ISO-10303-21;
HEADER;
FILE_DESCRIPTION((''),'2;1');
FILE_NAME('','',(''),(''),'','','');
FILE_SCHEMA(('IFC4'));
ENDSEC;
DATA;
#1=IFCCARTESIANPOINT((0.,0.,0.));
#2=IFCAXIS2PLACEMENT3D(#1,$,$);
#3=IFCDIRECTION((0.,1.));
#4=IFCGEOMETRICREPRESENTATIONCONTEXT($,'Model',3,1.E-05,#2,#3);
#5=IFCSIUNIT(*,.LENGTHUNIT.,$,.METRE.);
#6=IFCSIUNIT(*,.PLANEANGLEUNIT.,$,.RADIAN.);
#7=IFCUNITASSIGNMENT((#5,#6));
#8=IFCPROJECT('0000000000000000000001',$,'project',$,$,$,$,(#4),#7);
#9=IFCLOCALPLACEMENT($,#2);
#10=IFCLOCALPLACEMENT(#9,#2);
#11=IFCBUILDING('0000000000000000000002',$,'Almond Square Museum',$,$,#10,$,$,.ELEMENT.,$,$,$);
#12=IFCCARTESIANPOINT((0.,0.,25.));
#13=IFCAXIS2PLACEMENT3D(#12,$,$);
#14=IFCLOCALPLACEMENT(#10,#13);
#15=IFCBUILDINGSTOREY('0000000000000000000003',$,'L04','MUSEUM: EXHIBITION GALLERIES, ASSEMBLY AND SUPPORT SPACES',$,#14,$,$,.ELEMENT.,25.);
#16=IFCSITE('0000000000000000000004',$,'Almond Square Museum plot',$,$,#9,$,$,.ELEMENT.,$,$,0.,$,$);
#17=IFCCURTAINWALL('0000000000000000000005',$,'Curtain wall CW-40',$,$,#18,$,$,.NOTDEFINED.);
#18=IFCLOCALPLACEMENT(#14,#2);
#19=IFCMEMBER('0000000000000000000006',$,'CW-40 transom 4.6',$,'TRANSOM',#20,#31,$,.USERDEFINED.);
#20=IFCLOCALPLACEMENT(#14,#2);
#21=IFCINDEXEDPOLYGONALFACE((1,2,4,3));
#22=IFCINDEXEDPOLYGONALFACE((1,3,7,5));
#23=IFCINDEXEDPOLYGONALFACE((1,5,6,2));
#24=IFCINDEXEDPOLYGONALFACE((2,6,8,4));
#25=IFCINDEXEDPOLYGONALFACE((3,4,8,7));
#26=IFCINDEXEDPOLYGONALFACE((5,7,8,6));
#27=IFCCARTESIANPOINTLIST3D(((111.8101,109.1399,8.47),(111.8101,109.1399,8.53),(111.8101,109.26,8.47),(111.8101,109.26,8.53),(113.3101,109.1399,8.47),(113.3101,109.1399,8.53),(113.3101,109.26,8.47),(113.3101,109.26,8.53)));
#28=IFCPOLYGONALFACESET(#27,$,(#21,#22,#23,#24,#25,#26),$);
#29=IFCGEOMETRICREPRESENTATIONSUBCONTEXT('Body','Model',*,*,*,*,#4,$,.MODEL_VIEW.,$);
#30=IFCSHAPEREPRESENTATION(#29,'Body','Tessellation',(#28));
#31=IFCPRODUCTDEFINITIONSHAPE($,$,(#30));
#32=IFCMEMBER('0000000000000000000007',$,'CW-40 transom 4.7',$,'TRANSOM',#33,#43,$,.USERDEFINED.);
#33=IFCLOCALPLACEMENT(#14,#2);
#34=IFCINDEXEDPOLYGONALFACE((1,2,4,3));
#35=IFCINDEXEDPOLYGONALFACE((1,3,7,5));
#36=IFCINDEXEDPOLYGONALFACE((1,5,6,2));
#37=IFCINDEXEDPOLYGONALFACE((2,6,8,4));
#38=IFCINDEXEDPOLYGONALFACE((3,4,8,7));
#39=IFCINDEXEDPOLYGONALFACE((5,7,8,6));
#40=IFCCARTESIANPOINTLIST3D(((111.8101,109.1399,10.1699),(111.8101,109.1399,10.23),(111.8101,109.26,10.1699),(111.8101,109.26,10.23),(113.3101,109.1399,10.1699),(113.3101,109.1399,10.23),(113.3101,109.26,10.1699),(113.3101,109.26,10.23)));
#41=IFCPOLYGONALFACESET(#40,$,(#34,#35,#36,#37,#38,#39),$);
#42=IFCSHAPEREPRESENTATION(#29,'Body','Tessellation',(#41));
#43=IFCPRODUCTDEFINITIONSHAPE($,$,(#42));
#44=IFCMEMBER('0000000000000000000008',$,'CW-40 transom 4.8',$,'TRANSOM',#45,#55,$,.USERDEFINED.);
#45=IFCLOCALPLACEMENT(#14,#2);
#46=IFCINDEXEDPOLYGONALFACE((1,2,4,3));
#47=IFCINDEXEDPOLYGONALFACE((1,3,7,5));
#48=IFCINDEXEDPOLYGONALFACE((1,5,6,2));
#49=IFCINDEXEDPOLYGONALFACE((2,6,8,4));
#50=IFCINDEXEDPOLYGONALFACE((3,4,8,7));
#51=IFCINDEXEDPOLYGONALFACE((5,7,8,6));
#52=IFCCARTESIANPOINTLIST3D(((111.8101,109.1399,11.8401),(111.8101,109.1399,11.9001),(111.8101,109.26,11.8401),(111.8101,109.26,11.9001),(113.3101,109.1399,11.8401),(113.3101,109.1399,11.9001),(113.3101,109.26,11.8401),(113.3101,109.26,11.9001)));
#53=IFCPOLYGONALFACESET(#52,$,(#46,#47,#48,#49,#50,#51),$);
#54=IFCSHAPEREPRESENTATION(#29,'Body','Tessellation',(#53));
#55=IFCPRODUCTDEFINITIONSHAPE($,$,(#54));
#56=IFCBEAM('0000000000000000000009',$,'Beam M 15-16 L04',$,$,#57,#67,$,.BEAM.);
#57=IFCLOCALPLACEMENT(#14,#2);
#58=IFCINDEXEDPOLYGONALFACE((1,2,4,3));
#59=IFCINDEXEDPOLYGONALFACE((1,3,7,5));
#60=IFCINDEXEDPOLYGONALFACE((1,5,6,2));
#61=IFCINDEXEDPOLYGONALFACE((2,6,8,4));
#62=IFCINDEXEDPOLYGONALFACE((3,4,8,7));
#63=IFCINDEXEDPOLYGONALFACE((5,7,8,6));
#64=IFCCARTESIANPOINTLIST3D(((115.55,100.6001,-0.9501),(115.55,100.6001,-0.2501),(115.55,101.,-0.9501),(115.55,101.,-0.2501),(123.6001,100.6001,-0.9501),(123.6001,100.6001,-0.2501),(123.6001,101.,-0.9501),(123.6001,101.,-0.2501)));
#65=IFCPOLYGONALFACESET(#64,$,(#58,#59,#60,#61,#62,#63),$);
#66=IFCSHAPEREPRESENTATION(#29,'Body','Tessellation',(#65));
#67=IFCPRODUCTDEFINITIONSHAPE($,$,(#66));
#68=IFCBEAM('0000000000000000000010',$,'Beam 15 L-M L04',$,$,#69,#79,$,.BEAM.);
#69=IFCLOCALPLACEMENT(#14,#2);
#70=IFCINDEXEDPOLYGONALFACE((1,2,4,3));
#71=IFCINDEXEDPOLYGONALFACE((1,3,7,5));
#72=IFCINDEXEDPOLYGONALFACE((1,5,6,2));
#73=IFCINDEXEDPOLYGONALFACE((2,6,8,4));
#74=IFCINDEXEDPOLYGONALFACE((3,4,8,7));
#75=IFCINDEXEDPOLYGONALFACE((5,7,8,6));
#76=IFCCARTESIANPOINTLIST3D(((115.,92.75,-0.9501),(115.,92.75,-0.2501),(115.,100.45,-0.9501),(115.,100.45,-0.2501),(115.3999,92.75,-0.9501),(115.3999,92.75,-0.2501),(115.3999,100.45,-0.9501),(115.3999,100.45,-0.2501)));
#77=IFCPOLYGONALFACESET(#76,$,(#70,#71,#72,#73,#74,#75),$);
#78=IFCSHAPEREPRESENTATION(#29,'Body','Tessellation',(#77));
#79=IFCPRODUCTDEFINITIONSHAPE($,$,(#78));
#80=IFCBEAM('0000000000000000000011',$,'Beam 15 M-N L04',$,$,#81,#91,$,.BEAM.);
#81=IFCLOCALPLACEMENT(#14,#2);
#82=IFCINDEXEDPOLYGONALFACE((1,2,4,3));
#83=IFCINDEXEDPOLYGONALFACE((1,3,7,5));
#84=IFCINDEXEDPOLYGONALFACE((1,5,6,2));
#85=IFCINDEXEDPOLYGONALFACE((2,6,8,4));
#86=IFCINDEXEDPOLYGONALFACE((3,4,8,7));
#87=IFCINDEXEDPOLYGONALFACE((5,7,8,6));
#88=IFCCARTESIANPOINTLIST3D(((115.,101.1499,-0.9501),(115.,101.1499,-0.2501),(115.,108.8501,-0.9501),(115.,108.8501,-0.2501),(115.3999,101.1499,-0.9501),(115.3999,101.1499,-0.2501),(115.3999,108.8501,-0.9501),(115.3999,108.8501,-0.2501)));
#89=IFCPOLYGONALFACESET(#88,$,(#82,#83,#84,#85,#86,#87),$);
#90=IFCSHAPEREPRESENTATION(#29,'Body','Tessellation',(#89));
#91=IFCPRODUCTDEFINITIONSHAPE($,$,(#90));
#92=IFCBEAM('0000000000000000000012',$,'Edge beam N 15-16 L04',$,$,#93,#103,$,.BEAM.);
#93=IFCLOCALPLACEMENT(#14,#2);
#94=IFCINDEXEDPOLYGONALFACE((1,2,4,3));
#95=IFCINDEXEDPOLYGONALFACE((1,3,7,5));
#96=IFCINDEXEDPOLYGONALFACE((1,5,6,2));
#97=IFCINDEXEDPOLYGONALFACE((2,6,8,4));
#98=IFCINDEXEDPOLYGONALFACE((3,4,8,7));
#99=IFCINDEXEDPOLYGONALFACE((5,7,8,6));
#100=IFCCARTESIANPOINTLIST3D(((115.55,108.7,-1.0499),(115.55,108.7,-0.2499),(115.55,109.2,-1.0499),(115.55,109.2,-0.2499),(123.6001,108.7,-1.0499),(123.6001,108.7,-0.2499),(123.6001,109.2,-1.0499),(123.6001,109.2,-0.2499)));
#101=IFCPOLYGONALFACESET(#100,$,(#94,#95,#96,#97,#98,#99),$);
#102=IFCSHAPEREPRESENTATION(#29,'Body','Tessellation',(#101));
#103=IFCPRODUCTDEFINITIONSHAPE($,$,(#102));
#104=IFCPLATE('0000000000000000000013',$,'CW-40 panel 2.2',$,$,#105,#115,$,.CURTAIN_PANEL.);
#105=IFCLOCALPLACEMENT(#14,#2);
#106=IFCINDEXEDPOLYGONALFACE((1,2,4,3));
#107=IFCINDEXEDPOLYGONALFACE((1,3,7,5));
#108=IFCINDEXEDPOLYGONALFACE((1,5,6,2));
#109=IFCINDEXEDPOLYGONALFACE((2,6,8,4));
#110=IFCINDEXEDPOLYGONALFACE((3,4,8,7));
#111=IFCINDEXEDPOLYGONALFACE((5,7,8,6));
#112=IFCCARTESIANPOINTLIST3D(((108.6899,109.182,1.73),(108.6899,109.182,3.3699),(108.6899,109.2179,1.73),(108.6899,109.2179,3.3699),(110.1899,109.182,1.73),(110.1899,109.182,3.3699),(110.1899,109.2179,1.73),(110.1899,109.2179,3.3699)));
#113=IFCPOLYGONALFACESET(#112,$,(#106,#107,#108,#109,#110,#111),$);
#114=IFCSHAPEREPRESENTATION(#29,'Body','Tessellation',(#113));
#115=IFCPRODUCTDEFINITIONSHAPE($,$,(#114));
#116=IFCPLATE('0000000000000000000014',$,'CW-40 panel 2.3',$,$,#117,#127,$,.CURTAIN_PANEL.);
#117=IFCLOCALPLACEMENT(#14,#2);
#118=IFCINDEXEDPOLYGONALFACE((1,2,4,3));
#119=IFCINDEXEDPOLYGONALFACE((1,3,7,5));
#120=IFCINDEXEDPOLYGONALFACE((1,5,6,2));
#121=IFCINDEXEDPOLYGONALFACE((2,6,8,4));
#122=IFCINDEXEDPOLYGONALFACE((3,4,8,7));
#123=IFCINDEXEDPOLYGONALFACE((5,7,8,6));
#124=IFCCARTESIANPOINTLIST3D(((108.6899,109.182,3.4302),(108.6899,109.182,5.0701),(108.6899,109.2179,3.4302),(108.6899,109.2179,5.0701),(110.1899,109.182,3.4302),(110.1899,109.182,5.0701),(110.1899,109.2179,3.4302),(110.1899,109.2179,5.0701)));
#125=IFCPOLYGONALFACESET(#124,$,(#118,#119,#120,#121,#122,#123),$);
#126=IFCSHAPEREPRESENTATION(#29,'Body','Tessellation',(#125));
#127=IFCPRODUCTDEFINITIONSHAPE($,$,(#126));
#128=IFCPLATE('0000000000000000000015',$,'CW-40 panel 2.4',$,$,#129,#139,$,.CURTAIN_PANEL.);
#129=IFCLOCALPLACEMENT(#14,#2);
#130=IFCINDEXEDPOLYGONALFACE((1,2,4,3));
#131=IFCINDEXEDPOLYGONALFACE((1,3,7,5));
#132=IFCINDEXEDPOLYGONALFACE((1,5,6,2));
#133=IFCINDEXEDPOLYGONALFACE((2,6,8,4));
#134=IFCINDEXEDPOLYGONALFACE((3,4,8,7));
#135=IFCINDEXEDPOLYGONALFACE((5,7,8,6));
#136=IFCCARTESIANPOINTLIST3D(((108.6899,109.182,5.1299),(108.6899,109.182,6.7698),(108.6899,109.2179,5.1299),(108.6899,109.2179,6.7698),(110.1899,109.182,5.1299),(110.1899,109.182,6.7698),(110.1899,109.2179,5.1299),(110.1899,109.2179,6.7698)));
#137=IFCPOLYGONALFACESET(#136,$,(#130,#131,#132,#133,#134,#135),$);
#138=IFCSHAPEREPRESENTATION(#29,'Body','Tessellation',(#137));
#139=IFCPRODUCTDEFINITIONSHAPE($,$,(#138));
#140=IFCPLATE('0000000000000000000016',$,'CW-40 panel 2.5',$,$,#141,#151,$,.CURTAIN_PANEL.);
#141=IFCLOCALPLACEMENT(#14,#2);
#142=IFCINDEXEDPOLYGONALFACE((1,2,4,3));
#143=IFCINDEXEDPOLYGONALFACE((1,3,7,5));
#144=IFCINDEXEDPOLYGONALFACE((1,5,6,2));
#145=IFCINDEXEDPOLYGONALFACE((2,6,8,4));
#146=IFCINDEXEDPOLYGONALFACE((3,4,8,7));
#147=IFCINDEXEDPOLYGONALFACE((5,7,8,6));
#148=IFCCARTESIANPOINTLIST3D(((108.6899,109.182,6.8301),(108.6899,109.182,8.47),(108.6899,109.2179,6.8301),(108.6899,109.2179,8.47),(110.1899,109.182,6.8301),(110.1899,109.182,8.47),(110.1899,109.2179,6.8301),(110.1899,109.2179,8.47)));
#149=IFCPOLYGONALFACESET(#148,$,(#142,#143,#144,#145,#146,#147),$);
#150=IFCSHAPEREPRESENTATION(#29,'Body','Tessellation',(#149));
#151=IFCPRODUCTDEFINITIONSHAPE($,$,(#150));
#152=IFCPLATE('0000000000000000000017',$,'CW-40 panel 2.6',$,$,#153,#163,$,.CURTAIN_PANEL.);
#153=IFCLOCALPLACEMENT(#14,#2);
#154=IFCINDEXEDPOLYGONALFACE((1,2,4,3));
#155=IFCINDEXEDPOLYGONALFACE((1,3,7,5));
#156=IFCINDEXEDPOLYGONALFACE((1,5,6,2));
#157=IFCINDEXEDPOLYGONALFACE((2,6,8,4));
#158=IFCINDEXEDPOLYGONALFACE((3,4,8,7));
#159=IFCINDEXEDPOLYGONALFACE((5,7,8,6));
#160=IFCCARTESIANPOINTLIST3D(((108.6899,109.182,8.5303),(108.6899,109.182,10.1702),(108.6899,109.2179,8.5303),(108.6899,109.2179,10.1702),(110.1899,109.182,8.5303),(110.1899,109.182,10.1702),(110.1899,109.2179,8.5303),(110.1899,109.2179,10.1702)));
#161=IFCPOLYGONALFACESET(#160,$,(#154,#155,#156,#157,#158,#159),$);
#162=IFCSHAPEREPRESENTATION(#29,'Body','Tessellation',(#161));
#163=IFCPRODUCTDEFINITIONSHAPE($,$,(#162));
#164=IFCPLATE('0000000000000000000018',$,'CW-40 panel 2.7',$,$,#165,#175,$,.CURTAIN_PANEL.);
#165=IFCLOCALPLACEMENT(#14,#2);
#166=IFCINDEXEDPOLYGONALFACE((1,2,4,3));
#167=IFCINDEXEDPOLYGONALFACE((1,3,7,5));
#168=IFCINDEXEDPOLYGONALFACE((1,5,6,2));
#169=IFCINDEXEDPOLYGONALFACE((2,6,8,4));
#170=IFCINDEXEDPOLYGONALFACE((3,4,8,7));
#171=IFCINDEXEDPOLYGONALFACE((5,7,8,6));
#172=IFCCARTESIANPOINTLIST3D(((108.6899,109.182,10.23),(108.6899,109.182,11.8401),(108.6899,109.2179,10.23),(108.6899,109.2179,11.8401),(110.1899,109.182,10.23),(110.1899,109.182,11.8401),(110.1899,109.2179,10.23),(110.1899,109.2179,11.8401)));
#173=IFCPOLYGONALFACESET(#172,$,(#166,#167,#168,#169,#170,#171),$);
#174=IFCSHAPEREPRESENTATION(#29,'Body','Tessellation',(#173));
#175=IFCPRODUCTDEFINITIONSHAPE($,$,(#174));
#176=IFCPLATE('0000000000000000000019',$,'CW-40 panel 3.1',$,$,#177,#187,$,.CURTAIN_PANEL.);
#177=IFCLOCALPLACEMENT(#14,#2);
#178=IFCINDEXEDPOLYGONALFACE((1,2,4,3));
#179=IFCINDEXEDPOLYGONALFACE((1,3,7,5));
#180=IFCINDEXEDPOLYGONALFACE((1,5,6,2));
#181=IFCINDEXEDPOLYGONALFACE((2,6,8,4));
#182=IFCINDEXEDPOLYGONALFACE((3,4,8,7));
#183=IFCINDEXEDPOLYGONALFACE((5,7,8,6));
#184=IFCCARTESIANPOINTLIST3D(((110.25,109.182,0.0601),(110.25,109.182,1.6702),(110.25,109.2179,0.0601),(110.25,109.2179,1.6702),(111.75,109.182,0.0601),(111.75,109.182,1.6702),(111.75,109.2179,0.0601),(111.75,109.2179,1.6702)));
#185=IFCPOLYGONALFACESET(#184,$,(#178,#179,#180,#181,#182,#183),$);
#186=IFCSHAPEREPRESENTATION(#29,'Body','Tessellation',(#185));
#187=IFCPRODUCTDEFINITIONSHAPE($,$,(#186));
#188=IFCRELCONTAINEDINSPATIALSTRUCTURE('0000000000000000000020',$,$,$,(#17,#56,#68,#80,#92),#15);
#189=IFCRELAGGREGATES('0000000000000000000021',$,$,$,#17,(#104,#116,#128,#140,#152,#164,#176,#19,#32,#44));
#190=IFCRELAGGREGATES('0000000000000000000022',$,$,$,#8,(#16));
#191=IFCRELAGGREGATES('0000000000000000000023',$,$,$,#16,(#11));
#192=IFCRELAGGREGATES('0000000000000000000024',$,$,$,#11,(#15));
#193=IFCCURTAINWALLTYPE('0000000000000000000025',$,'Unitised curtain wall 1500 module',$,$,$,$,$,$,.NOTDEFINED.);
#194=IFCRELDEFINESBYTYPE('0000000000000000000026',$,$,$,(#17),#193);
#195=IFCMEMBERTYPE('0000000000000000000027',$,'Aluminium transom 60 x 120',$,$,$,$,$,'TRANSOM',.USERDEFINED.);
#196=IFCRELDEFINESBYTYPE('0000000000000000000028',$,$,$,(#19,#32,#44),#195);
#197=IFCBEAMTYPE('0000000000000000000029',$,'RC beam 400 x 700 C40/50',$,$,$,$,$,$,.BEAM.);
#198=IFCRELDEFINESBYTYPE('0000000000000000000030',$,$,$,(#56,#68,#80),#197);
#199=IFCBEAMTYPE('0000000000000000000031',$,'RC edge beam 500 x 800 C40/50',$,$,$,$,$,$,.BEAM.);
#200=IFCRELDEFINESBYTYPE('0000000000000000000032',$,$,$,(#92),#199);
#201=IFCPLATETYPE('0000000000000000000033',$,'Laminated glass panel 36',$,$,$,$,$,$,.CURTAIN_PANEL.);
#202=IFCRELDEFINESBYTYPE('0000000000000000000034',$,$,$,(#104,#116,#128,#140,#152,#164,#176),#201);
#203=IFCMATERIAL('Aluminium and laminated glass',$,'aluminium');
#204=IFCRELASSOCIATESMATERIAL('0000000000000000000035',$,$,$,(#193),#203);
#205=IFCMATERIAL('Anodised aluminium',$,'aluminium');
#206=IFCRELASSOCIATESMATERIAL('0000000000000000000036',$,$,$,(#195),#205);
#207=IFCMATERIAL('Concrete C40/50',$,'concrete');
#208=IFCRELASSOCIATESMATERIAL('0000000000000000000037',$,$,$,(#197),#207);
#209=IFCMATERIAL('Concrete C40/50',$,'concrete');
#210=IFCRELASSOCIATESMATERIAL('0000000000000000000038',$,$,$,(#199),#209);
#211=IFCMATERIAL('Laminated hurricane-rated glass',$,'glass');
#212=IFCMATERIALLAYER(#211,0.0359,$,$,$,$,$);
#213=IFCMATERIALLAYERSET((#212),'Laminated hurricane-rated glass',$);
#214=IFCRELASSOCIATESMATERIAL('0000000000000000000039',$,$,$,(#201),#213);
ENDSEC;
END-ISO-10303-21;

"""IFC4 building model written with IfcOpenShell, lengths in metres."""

from ifc_helpers import new_model, si_unit, direction, frame, origin, origin_2d, place, context, subcontext, project, spatial, rectangle, extrude, material, layer, layer_set, material_profile, profile_set, type_object, element, aggregate, save


model = new_model("IFC4")

# Units and contexts
model_context = context("Model", 3, precision=1e-05, world=origin(), true_north=direction((0.0, 1.0)))
body_context = subcontext(model_context, "Body", "Model", "MODEL_VIEW")
ifc_project = project(units=[si_unit("LENGTHUNIT", "METRE"), si_unit("PLANEANGLEUNIT", "RADIAN")], contexts=[model_context])

# Site, building, storey
site_placement = place(None, origin())
site = spatial("IfcSite", under=ifc_project, at=site_placement, Name="Almond Square Museum plot", CompositionType="ELEMENT", RefElevation=0.0)
building_placement = place(site_placement, origin())
building = spatial("IfcBuilding", under=site, at=building_placement, Name="Almond Square Museum", CompositionType="ELEMENT")
storey_placement = place(building_placement, frame((0.0, 0.0, 25.0)))
storey = spatial("IfcBuildingStorey", under=building, at=storey_placement, Name="L04", Description="MUSEUM: EXHIBITION GALLERIES, ASSEMBLY AND SUPPORT SPACES", CompositionType="ELEMENT", Elevation=25.0)

# Curtain wall, members
ifc_material_1 = material(Name="Aluminium and laminated glass", Category="aluminium")
curtain_wall_type = type_object("IfcCurtainWallType", Name="Unitised curtain wall 1500 module", PredefinedType="NOTDEFINED", material=ifc_material_1)
curtain_wall_placement = place(storey_placement, origin())
curtain_wall = element("IfcCurtainWall", 1, at=curtain_wall_placement, inside=storey, type_object=curtain_wall_type, Name="Curtain wall CW-40", PredefinedType="NOTDEFINED")
ifc_material_2 = material(Name="Anodised aluminium", Category="aluminium")
ifc_material_profile_1 = material_profile(ifc_material_2, rectangle(XDim=0.1201, YDim=0.0601, at=origin_2d()))
ifc_profile_set_1 = profile_set([ifc_material_profile_1], Name="Anodised aluminium")
member_type_1 = type_object("IfcMemberType", Name="Aluminium transom 60 x 120", ElementType="TRANSOM", PredefinedType="USERDEFINED", material=ifc_profile_set_1)
member_1_placement = place(storey_placement, frame((111.8101, 109.2, 8.5), z_axis=(1.0, 0.0, 0.0), x_axis=(0.0, 1.0, 0.0)))
member_1 = element("IfcMember", 2, at=member_1_placement, type_object=member_type_1, Name="CW-40 transom 4.6", ObjectType="TRANSOM", PredefinedType="USERDEFINED", context=body_context, shape_type="SweptSolid", body=[
    extrude(rectangle(XDim=0.1201, YDim=0.0601, at=origin_2d()), origin(), (0.0, 0.0, 1.0), 1.5),
])
member_2_placement = place(storey_placement, frame((111.8101, 109.2, 10.2), z_axis=(1.0, 0.0, 0.0), x_axis=(0.0, 1.0, 0.0)))
member_2 = element("IfcMember", 3, at=member_2_placement, type_object=member_type_1, Name="CW-40 transom 4.7", ObjectType="TRANSOM", PredefinedType="USERDEFINED", context=body_context, shape_type="SweptSolid", body=[
    extrude(rectangle(XDim=0.1201, YDim=0.0601, at=origin_2d()), origin(), (0.0, 0.0, 1.0), 1.5),
])
member_3_placement = place(storey_placement, frame((111.8101, 109.2, 11.8701), z_axis=(1.0, 0.0, 0.0), x_axis=(0.0, 1.0, 0.0)))
member_3 = element("IfcMember", 4, at=member_3_placement, type_object=member_type_1, Name="CW-40 transom 4.8", ObjectType="TRANSOM", PredefinedType="USERDEFINED", context=body_context, shape_type="SweptSolid", body=[
    extrude(rectangle(XDim=0.1201, YDim=0.0601, at=origin_2d()), origin(), (0.0, 0.0, 1.0), 1.5),
])

# Beams
ifc_material_3 = material(Name="Concrete C40/50", Category="concrete")
ifc_material_profile_2 = material_profile(ifc_material_3, rectangle(XDim=0.3999, YDim=0.7, at=origin_2d()))
ifc_profile_set_2 = profile_set([ifc_material_profile_2], Name="Concrete C40/50")
beam_type_1 = type_object("IfcBeamType", Name="RC beam 400 x 700 C40/50", PredefinedType="BEAM", material=ifc_profile_set_2)
beam_1_placement = place(storey_placement, frame((115.55, 100.8, -0.6001), z_axis=(1.0, 0.0, 0.0), x_axis=(0.0, 1.0, 0.0)))
element("IfcBeam", 5, at=beam_1_placement, inside=storey, type_object=beam_type_1, Name="Beam M 15-16 L04", PredefinedType="BEAM", context=body_context, shape_type="SweptSolid", body=[
    extrude(rectangle(XDim=0.3999, YDim=0.7, at=origin_2d()), origin(), (0.0, 0.0, 1.0), 8.05),
])
beam_2_placement = place(storey_placement, frame((115.2, 92.75, -0.6001), z_axis=(0.0, 1.0, 0.0), x_axis=(-1.0, 0.0, 0.0)))
element("IfcBeam", 6, at=beam_2_placement, inside=storey, type_object=beam_type_1, Name="Beam 15 L-M L04", PredefinedType="BEAM", context=body_context, shape_type="SweptSolid", body=[
    extrude(rectangle(XDim=0.3999, YDim=0.7, at=origin_2d()), origin(), (0.0, 0.0, 1.0), 7.7),
])
beam_3_placement = place(storey_placement, frame((115.2, 101.1499, -0.6001), z_axis=(0.0, 1.0, 0.0), x_axis=(-1.0, 0.0, 0.0)))
element("IfcBeam", 7, at=beam_3_placement, inside=storey, type_object=beam_type_1, Name="Beam 15 M-N L04", PredefinedType="BEAM", context=body_context, shape_type="SweptSolid", body=[
    extrude(rectangle(XDim=0.3999, YDim=0.7, at=origin_2d()), origin(), (0.0, 0.0, 1.0), 7.7002),
])
ifc_material_4 = material(Name="Concrete C40/50", Category="concrete")
ifc_material_profile_3 = material_profile(ifc_material_4, rectangle(XDim=0.5, YDim=0.8, at=origin_2d()))
ifc_profile_set_3 = profile_set([ifc_material_profile_3], Name="Concrete C40/50")
beam_type_2 = type_object("IfcBeamType", Name="RC edge beam 500 x 800 C40/50", PredefinedType="BEAM", material=ifc_profile_set_3)
beam_4_placement = place(storey_placement, frame((115.55, 108.95, -0.6499), z_axis=(1.0, 0.0, 0.0), x_axis=(0.0, 1.0, 0.0)))
element("IfcBeam", 8, at=beam_4_placement, inside=storey, type_object=beam_type_2, Name="Edge beam N 15-16 L04", PredefinedType="BEAM", context=body_context, shape_type="SweptSolid", body=[
    extrude(rectangle(XDim=0.5, YDim=0.8, at=origin_2d()), origin(), (0.0, 0.0, 1.0), 8.05),
])

# Plates
ifc_material_5 = material(Name="Laminated hurricane-rated glass", Category="glass")
ifc_layer_1 = layer(ifc_material_5, 0.0359)
ifc_layer_set_1 = layer_set([ifc_layer_1], Name="Laminated hurricane-rated glass")
plate_type = type_object("IfcPlateType", Name="Laminated glass panel 36", PredefinedType="CURTAIN_PANEL", material=ifc_layer_set_1)
plate_1_placement = place(storey_placement, frame((109.4399, 109.2, 1.73), z_axis=(0.0, 0.0, 1.0), x_axis=(1.0, 0.0, 0.0)))
plate_1 = element("IfcPlate", 9, at=plate_1_placement, type_object=plate_type, Name="CW-40 panel 2.2", PredefinedType="CURTAIN_PANEL", context=body_context, shape_type="SweptSolid", body=[
    extrude(rectangle(XDim=1.5, YDim=0.0359, at=origin_2d()), origin(), (0.0, 0.0, 1.0), 1.6399),
])
plate_2_placement = place(storey_placement, frame((109.4399, 109.2, 3.4302), z_axis=(0.0, 0.0, 1.0), x_axis=(1.0, 0.0, 0.0)))
plate_2 = element("IfcPlate", 10, at=plate_2_placement, type_object=plate_type, Name="CW-40 panel 2.3", PredefinedType="CURTAIN_PANEL", context=body_context, shape_type="SweptSolid", body=[
    extrude(rectangle(XDim=1.5, YDim=0.0359, at=origin_2d()), origin(), (0.0, 0.0, 1.0), 1.6399),
])
plate_3_placement = place(storey_placement, frame((109.4399, 109.2, 5.1299), z_axis=(0.0, 0.0, 1.0), x_axis=(1.0, 0.0, 0.0)))
plate_3 = element("IfcPlate", 11, at=plate_3_placement, type_object=plate_type, Name="CW-40 panel 2.4", PredefinedType="CURTAIN_PANEL", context=body_context, shape_type="SweptSolid", body=[
    extrude(rectangle(XDim=1.5, YDim=0.0359, at=origin_2d()), origin(), (0.0, 0.0, 1.0), 1.6399),
])
plate_4_placement = place(storey_placement, frame((109.4399, 109.2, 6.8301), z_axis=(0.0, 0.0, 1.0), x_axis=(1.0, 0.0, 0.0)))
plate_4 = element("IfcPlate", 12, at=plate_4_placement, type_object=plate_type, Name="CW-40 panel 2.5", PredefinedType="CURTAIN_PANEL", context=body_context, shape_type="SweptSolid", body=[
    extrude(rectangle(XDim=1.5, YDim=0.0359, at=origin_2d()), origin(), (0.0, 0.0, 1.0), 1.6399),
])
plate_5_placement = place(storey_placement, frame((109.4399, 109.2, 8.5303), z_axis=(0.0, 0.0, 1.0), x_axis=(1.0, 0.0, 0.0)))
plate_5 = element("IfcPlate", 13, at=plate_5_placement, type_object=plate_type, Name="CW-40 panel 2.6", PredefinedType="CURTAIN_PANEL", context=body_context, shape_type="SweptSolid", body=[
    extrude(rectangle(XDim=1.5, YDim=0.0359, at=origin_2d()), origin(), (0.0, 0.0, 1.0), 1.6399),
])
plate_6_placement = place(storey_placement, frame((109.4399, 109.2, 10.23), z_axis=(0.0, 0.0, 1.0), x_axis=(1.0, 0.0, 0.0)))
plate_6 = element("IfcPlate", 14, at=plate_6_placement, type_object=plate_type, Name="CW-40 panel 2.7", PredefinedType="CURTAIN_PANEL", context=body_context, shape_type="SweptSolid", body=[
    extrude(rectangle(XDim=1.5, YDim=0.0359, at=origin_2d()), origin(), (0.0, 0.0, 1.0), 1.6101),
])
plate_7_placement = place(storey_placement, frame((111.0, 109.2, 0.0601), z_axis=(0.0, 0.0, 1.0), x_axis=(1.0, 0.0, 0.0)))
plate_7 = element("IfcPlate", 15, at=plate_7_placement, type_object=plate_type, Name="CW-40 panel 3.1", PredefinedType="CURTAIN_PANEL", context=body_context, shape_type="SweptSolid", body=[
    extrude(rectangle(XDim=1.5, YDim=0.0359, at=origin_2d()), origin(), (0.0, 0.0, 1.0), 1.6101),
])
aggregate(curtain_wall, [plate_1, plate_2, plate_3, plate_4, plate_5, plate_6, plate_7, member_1, member_2, member_3])

save(model, "model.ifc")
